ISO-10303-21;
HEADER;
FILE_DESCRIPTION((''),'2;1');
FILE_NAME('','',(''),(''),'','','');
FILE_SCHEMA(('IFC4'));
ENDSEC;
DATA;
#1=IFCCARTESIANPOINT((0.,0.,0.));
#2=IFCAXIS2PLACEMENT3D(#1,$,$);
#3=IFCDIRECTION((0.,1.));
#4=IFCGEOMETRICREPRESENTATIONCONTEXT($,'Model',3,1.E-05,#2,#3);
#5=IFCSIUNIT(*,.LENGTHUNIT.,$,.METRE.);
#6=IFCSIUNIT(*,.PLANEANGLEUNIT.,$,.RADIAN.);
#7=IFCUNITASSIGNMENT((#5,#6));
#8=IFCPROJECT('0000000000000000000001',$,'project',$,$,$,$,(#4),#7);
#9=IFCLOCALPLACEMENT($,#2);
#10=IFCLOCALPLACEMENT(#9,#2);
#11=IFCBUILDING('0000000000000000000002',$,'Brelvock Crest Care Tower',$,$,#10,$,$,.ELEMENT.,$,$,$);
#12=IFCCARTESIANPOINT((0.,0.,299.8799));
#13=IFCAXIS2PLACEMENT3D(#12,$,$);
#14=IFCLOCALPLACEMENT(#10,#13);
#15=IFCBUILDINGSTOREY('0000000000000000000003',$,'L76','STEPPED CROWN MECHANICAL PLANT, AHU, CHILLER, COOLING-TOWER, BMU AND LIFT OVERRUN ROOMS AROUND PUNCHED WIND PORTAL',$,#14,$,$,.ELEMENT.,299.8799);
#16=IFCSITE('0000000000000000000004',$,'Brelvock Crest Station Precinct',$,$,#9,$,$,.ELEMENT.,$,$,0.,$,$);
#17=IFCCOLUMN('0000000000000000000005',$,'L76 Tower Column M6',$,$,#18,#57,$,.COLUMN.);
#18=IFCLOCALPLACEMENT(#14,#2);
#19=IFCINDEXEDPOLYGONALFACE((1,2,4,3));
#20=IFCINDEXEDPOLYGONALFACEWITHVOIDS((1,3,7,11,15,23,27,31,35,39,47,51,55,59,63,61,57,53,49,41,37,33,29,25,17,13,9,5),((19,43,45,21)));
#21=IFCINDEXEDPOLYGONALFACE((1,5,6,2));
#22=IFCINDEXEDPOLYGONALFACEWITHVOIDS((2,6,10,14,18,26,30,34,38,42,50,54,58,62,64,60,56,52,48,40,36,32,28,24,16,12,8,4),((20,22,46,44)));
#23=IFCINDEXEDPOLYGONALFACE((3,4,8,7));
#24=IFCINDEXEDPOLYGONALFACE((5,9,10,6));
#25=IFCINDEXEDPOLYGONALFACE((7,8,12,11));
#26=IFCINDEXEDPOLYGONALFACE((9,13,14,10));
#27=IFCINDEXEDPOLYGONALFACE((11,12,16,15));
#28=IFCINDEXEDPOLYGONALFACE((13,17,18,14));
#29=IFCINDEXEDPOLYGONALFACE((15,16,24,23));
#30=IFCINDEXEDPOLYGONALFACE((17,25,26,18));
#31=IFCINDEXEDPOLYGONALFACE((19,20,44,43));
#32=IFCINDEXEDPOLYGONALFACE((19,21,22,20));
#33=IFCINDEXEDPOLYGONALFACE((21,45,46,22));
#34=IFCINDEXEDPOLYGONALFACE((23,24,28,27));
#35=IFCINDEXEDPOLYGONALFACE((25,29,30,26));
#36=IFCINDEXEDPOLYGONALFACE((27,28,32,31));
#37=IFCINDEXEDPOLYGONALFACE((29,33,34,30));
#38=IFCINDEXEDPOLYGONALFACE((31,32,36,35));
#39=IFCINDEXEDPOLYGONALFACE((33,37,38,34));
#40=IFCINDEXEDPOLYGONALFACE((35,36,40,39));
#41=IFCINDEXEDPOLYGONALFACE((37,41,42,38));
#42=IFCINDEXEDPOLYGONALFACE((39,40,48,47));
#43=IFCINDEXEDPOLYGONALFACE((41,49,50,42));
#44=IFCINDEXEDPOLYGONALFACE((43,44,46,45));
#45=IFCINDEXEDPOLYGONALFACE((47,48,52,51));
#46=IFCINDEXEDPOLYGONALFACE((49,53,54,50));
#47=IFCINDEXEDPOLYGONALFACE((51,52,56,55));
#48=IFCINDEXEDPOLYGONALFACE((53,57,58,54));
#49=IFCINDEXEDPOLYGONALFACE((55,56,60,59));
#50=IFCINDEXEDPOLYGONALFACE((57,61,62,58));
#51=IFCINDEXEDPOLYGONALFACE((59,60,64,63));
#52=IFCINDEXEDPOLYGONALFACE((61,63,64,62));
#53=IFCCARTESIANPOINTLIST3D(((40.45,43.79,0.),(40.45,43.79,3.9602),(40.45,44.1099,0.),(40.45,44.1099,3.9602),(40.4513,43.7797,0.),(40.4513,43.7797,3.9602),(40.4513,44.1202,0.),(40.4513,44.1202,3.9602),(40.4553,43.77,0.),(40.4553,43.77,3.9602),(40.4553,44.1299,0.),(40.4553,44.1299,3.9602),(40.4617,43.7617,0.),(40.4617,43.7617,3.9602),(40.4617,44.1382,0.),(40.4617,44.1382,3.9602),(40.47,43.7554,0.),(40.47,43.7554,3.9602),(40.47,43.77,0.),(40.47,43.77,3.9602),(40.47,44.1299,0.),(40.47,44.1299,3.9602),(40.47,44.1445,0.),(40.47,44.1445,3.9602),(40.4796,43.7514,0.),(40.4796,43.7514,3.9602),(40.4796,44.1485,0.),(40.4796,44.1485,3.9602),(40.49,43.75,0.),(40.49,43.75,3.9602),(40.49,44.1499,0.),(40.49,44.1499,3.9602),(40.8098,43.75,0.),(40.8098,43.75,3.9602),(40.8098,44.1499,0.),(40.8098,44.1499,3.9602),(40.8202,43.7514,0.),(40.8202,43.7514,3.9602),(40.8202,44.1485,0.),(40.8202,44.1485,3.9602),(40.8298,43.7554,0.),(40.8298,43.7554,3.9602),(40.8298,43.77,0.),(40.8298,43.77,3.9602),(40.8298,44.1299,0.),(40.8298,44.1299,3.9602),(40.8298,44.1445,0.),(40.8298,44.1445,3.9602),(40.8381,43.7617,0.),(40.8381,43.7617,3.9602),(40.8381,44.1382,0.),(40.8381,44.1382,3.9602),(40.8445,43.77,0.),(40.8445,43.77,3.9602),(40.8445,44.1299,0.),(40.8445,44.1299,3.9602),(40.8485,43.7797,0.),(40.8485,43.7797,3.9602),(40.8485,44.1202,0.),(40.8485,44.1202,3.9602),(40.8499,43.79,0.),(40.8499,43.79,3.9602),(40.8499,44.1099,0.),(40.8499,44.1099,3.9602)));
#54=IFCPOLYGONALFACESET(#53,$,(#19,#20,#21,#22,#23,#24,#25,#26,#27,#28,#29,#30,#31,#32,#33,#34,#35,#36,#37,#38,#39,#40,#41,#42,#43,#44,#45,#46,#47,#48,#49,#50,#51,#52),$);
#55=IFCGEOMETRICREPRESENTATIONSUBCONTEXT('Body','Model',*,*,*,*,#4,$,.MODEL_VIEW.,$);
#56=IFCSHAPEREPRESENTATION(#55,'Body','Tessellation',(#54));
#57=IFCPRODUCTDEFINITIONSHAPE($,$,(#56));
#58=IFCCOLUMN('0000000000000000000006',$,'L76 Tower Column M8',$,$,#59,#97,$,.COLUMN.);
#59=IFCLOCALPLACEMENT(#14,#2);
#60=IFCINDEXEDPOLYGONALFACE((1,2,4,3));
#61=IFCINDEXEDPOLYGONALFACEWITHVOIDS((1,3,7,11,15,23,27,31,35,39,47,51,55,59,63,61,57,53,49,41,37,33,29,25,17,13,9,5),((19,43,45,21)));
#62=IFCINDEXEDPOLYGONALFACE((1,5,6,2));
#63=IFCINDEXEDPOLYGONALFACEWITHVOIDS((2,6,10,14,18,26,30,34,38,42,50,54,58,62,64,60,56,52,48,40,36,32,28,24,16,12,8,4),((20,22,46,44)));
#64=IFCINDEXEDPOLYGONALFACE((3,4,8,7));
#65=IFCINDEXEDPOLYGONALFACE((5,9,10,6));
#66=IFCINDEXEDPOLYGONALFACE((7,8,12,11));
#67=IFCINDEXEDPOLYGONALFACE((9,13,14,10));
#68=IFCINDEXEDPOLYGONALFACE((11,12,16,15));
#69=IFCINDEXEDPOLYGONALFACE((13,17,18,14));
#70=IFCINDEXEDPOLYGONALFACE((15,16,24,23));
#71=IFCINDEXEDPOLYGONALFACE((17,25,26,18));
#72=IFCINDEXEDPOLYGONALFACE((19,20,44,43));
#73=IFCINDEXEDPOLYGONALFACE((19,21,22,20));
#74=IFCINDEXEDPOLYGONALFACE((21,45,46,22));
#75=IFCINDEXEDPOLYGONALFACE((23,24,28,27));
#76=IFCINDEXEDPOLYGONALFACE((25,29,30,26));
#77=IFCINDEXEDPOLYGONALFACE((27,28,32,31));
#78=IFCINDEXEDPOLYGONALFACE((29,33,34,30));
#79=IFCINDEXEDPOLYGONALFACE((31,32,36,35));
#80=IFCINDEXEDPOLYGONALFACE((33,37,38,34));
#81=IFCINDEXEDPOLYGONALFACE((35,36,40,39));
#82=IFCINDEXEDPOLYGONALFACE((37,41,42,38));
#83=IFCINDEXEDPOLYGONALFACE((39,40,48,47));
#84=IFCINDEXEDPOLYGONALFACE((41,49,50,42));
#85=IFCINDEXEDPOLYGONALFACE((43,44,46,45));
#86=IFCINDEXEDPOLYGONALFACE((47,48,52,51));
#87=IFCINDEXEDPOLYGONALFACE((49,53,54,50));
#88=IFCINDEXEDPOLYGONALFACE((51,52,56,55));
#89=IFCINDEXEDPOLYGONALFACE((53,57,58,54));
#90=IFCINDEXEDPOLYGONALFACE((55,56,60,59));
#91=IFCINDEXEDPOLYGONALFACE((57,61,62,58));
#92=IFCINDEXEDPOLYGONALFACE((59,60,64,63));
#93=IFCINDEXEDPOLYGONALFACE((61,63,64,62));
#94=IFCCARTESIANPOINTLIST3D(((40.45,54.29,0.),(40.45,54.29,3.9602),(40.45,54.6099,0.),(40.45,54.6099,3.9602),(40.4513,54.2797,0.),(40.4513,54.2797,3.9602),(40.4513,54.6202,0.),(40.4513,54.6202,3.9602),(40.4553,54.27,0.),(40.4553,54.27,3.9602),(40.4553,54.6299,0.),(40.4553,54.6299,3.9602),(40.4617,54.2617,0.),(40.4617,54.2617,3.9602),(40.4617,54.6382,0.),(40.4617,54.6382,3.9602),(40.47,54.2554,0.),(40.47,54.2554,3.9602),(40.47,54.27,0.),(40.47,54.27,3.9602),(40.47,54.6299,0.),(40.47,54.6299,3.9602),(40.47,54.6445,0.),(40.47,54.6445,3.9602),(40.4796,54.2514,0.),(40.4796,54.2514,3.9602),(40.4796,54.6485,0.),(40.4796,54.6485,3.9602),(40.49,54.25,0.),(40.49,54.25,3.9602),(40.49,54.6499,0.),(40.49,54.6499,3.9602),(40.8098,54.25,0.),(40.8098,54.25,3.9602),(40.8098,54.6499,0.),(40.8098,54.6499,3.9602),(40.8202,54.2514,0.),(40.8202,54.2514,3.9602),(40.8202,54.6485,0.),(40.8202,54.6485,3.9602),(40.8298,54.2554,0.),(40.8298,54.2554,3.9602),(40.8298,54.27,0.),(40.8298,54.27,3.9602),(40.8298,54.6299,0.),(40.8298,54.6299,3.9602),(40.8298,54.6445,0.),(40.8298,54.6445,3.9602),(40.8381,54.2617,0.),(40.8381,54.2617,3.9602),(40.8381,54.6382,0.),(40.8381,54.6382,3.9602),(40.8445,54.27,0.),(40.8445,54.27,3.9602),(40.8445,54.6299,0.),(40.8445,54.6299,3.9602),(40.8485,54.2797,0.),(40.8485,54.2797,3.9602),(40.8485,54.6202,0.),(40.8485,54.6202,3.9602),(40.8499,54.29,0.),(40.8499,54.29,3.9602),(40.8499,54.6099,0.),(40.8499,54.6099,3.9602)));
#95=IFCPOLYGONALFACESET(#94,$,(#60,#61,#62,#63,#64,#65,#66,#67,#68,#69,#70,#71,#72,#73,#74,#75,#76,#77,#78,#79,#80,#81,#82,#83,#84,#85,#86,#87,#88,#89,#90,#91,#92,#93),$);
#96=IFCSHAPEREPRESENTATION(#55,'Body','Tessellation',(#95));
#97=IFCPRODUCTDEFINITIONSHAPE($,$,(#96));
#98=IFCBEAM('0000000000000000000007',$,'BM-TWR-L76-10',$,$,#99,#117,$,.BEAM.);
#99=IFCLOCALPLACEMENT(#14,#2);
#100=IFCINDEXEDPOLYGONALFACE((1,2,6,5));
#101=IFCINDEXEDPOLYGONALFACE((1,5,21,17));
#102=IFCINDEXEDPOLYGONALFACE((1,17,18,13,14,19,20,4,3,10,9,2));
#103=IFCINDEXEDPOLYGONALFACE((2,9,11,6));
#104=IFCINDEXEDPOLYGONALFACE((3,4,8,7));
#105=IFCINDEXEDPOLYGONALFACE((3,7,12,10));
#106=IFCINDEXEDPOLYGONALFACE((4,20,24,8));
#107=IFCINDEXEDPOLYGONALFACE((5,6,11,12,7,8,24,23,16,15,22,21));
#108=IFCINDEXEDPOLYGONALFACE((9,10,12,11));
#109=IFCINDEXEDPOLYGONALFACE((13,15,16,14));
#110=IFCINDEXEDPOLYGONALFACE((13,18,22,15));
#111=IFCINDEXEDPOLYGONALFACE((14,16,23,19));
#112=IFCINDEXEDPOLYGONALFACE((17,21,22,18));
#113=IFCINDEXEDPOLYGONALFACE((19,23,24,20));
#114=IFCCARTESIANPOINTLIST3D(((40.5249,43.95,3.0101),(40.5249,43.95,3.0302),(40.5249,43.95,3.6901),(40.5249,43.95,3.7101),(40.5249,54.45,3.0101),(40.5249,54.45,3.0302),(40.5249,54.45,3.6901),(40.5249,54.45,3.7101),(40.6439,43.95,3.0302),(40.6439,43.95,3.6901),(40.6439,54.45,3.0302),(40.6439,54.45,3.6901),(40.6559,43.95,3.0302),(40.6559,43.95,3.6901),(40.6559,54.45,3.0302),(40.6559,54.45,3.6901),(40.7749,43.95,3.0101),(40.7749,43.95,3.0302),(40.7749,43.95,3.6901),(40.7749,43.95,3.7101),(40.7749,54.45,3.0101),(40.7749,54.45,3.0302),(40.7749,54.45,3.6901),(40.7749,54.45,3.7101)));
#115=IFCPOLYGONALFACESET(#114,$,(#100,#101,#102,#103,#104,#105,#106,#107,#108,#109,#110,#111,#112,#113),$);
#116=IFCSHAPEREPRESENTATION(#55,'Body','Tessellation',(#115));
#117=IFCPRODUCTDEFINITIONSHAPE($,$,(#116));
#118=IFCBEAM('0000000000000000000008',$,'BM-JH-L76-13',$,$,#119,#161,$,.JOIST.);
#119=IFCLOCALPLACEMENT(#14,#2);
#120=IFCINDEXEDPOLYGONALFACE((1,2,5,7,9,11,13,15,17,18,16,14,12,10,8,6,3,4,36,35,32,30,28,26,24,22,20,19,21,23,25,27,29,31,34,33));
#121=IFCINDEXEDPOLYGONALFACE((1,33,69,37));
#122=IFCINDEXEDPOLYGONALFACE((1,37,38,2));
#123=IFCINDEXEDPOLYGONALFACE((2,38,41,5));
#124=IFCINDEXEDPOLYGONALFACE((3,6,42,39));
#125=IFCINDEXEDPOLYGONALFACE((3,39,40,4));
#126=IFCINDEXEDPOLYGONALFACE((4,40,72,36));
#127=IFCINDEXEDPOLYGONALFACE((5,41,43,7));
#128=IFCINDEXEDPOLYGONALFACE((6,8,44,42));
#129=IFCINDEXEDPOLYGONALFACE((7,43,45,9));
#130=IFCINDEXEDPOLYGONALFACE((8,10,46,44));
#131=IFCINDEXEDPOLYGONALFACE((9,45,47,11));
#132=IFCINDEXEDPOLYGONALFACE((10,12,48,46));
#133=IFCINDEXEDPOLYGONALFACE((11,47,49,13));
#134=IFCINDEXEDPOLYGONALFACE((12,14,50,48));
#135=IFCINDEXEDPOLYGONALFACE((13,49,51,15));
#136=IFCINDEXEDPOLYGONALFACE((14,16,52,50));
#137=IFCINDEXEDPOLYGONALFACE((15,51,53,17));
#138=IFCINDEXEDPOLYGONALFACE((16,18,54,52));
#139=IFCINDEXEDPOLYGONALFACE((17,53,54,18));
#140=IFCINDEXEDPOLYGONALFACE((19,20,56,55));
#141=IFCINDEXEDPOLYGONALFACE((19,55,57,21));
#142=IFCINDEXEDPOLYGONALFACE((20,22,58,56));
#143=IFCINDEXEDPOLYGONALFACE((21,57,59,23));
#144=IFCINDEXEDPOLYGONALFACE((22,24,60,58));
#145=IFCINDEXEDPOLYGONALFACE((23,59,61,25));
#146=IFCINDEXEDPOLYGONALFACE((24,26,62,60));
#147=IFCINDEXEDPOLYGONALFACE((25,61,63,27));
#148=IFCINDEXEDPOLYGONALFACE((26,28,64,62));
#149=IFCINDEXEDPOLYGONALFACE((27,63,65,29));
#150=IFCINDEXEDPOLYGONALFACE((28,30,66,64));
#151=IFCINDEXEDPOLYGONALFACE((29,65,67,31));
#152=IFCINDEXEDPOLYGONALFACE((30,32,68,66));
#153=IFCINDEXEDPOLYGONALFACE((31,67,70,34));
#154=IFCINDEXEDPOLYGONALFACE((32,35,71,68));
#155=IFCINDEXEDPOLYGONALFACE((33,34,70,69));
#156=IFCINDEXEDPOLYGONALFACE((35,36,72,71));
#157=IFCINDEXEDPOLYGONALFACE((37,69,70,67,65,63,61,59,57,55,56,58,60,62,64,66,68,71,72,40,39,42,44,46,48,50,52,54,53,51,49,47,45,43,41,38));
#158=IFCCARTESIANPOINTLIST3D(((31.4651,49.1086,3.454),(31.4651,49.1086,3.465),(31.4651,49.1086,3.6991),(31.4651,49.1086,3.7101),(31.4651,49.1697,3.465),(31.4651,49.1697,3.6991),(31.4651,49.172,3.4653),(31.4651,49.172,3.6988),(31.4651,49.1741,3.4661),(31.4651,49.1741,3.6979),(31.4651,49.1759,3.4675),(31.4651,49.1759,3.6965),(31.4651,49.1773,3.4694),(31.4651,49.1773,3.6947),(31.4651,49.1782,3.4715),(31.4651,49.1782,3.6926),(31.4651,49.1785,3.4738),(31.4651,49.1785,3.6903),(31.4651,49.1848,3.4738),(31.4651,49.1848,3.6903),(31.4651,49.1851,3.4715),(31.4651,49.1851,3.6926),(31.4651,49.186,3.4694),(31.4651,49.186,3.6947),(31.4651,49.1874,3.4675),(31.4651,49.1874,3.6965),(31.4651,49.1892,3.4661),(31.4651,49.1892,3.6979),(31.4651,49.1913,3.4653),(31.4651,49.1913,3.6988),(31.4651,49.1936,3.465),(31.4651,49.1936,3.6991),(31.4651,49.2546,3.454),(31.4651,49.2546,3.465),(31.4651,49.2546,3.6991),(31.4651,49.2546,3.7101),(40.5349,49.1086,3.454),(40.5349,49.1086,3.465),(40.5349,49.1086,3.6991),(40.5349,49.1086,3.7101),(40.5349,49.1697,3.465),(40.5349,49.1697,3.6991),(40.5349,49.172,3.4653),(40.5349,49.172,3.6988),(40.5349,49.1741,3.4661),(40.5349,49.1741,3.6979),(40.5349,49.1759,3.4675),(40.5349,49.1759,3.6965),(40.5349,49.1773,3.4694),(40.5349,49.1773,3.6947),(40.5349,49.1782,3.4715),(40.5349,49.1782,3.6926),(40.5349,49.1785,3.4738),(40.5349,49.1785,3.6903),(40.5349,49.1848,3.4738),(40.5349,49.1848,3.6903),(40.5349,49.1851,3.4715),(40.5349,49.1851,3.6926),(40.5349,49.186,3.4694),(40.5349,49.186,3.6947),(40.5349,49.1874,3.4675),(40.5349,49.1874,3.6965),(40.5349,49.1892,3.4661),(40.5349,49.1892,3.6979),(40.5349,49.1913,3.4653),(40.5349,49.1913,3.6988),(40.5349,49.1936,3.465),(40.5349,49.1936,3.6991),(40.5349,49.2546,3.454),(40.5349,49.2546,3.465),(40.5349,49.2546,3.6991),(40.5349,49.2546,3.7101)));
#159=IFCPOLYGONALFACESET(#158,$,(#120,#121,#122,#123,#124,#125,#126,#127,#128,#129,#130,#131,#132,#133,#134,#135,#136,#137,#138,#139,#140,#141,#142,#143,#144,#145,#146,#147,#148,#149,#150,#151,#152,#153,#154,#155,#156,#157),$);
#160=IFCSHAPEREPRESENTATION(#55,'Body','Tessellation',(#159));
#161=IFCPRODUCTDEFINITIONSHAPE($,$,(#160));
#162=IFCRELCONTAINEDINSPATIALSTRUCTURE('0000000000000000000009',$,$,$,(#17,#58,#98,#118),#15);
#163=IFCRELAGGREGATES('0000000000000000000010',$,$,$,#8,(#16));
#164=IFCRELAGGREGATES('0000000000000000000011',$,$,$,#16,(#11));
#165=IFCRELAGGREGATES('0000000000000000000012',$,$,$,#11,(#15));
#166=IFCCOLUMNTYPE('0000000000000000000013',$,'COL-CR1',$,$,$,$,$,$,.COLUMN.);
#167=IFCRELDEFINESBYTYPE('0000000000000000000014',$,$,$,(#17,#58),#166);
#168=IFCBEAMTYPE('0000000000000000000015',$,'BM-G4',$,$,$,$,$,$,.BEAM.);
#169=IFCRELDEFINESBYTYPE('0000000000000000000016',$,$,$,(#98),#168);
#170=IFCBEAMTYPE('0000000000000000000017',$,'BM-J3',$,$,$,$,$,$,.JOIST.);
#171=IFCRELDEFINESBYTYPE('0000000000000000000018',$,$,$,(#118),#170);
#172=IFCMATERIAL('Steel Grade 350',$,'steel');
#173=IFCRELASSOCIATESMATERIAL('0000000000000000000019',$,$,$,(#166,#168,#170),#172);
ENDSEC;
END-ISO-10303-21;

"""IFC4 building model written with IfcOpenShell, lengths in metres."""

from ifc_helpers import new_model, si_unit, direction, frame, origin, origin_2d, place, context, subcontext, project, spatial, hollow_rectangle, i_section, extrude, source, transform, mapped, material, material_profile, profile_set, type_object, element, save


model = new_model("IFC4")

# Units and contexts
model_context = context("Model", 3, precision=1e-05, world=origin(), true_north=direction((0.0, 1.0)))
body_context = subcontext(model_context, "Body", "Model", "MODEL_VIEW")
ifc_project = project(units=[si_unit("LENGTHUNIT", "METRE"), si_unit("PLANEANGLEUNIT", "RADIAN")], contexts=[model_context])

# Site, building, storey
site_placement = place(None, origin())
site = spatial("IfcSite", under=ifc_project, at=site_placement, Name="Brelvock Crest Station Precinct", CompositionType="ELEMENT", RefElevation=0.0)
building_placement = place(site_placement, origin())
building = spatial("IfcBuilding", under=site, at=building_placement, Name="Brelvock Crest Care Tower", CompositionType="ELEMENT")
storey_placement = place(building_placement, frame((0.0, 0.0, 299.8799)))
storey = spatial("IfcBuildingStorey", under=building, at=storey_placement, Name="L76", Description="STEPPED CROWN MECHANICAL PLANT, AHU, CHILLER, COOLING-TOWER, BMU AND LIFT OVERRUN ROOMS AROUND PUNCHED WIND PORTAL", CompositionType="ELEMENT", Elevation=299.8799)

# Columns
ifc_material_1 = material(Name="Steel Grade 350", Category="steel")
ifc_material_profile_1 = material_profile(ifc_material_1, hollow_rectangle(XDim=0.3999, YDim=0.3999, WallThickness=0.02, OuterFilletRadius=0.04, at=origin_2d()), Name="SHS400x400x20.0")
ifc_profile_set_1 = profile_set([ifc_material_profile_1], Name="Steel Grade 350")
column_type = type_object("IfcColumnType", Name="COL-CR1", PredefinedType="COLUMN", material=ifc_profile_set_1)
shared_shape_1 = source(origin(), body_context, "Body", "SweptSolid", [
    extrude(hollow_rectangle(XDim=0.3999, YDim=0.3999, WallThickness=0.02, OuterFilletRadius=0.04, at=origin_2d()), origin(), (0.0, 0.0, 1.0), 3.9602),
])
for number, where, z_axis, x_axis, name in (
    (1, (40.6499, 43.95, 0.0), (0.0, 0.0, 1.0), (1.0, 0.0, 0.0), "L76 Tower Column M6"),
    (2, (40.6499, 54.45, 0.0), (0.0, 0.0, 1.0), (1.0, 0.0, 0.0), "L76 Tower Column M8"),
):
    element("IfcColumn", number, at=place(storey_placement, frame(where, z_axis=z_axis, x_axis=x_axis)), inside=storey, type_object=column_type, Name=name, PredefinedType="COLUMN", context=body_context, shape_type="MappedRepresentation", body=[
        mapped(shared_shape_1, transform((0.0, 0.0, 0.0), x_axis=(1.0, 0.0, 0.0), y_axis=(0.0, 1.0, 0.0), z_axis=(0.0, 0.0, 1.0), scale=1.0)),
    ])

# Beams
ifc_material_profile_2 = material_profile(ifc_material_1, i_section(OverallWidth=0.25, OverallDepth=0.7, WebThickness=0.012, FlangeThickness=0.02, at=origin_2d()), Name="700WB150")
ifc_profile_set_2 = profile_set([ifc_material_profile_2], Name="Steel Grade 350")
beam_type_1 = type_object("IfcBeamType", Name="BM-G4", PredefinedType="BEAM", material=ifc_profile_set_2)
shared_shape_2 = source(origin(), body_context, "Body", "SweptSolid", [
    extrude(i_section(OverallWidth=0.25, OverallDepth=0.7, WebThickness=0.012, FlangeThickness=0.02, at=origin_2d()), origin(), (0.0, 0.0, 1.0), 10.5),
])
beam_placement = place(storey_placement, frame((40.6499, 43.95, 3.3601), z_axis=(0.0, 1.0, 0.0), x_axis=(-1.0, 0.0, 0.0)))
element("IfcBeam", 3, at=beam_placement, inside=storey, type_object=beam_type_1, Name="BM-TWR-L76-10", PredefinedType="BEAM", context=body_context, shape_type="MappedRepresentation", body=[
    mapped(shared_shape_2, transform((0.0, 0.0, 0.0), x_axis=(1.0, 0.0, 0.0), y_axis=(0.0, 1.0, 0.0), z_axis=(0.0, 0.0, 1.0), scale=1.0)),
])
ifc_material_profile_3 = material_profile(ifc_material_1, i_section(OverallWidth=0.146, OverallDepth=0.2561, WebThickness=0.0063, FlangeThickness=0.011, FilletRadius=0.0088, at=origin_2d()), Name="250UB37.3")
ifc_profile_set_3 = profile_set([ifc_material_profile_3], Name="Steel Grade 350")
beam_type_2 = type_object("IfcBeamType", Name="BM-J3", PredefinedType="JOIST", material=ifc_profile_set_3)
shared_shape_3 = source(origin(), body_context, "Body", "SweptSolid", [
    extrude(i_section(OverallWidth=0.146, OverallDepth=0.2561, WebThickness=0.0063, FlangeThickness=0.011, FilletRadius=0.0088, at=origin_2d()), origin(), (0.0, 0.0, 1.0), 9.0698),
])
for number, where, z_axis, x_axis, name in (
    (4, (31.4651, 49.1816, 3.582), (1.0, 0.0, 0.0), (0.0, 1.0, 0.0), "BM-JH-L76-13"),
):
    element("IfcBeam", number, at=place(storey_placement, frame(where, z_axis=z_axis, x_axis=x_axis)), inside=storey, type_object=beam_type_2, Name=name, PredefinedType="JOIST", context=body_context, shape_type="MappedRepresentation", body=[
        mapped(shared_shape_3, transform((0.0, 0.0, 0.0), x_axis=(1.0, 0.0, 0.0), y_axis=(0.0, 1.0, 0.0), z_axis=(0.0, 0.0, 1.0), scale=1.0)),
    ])

save(model, "model.ifc")
